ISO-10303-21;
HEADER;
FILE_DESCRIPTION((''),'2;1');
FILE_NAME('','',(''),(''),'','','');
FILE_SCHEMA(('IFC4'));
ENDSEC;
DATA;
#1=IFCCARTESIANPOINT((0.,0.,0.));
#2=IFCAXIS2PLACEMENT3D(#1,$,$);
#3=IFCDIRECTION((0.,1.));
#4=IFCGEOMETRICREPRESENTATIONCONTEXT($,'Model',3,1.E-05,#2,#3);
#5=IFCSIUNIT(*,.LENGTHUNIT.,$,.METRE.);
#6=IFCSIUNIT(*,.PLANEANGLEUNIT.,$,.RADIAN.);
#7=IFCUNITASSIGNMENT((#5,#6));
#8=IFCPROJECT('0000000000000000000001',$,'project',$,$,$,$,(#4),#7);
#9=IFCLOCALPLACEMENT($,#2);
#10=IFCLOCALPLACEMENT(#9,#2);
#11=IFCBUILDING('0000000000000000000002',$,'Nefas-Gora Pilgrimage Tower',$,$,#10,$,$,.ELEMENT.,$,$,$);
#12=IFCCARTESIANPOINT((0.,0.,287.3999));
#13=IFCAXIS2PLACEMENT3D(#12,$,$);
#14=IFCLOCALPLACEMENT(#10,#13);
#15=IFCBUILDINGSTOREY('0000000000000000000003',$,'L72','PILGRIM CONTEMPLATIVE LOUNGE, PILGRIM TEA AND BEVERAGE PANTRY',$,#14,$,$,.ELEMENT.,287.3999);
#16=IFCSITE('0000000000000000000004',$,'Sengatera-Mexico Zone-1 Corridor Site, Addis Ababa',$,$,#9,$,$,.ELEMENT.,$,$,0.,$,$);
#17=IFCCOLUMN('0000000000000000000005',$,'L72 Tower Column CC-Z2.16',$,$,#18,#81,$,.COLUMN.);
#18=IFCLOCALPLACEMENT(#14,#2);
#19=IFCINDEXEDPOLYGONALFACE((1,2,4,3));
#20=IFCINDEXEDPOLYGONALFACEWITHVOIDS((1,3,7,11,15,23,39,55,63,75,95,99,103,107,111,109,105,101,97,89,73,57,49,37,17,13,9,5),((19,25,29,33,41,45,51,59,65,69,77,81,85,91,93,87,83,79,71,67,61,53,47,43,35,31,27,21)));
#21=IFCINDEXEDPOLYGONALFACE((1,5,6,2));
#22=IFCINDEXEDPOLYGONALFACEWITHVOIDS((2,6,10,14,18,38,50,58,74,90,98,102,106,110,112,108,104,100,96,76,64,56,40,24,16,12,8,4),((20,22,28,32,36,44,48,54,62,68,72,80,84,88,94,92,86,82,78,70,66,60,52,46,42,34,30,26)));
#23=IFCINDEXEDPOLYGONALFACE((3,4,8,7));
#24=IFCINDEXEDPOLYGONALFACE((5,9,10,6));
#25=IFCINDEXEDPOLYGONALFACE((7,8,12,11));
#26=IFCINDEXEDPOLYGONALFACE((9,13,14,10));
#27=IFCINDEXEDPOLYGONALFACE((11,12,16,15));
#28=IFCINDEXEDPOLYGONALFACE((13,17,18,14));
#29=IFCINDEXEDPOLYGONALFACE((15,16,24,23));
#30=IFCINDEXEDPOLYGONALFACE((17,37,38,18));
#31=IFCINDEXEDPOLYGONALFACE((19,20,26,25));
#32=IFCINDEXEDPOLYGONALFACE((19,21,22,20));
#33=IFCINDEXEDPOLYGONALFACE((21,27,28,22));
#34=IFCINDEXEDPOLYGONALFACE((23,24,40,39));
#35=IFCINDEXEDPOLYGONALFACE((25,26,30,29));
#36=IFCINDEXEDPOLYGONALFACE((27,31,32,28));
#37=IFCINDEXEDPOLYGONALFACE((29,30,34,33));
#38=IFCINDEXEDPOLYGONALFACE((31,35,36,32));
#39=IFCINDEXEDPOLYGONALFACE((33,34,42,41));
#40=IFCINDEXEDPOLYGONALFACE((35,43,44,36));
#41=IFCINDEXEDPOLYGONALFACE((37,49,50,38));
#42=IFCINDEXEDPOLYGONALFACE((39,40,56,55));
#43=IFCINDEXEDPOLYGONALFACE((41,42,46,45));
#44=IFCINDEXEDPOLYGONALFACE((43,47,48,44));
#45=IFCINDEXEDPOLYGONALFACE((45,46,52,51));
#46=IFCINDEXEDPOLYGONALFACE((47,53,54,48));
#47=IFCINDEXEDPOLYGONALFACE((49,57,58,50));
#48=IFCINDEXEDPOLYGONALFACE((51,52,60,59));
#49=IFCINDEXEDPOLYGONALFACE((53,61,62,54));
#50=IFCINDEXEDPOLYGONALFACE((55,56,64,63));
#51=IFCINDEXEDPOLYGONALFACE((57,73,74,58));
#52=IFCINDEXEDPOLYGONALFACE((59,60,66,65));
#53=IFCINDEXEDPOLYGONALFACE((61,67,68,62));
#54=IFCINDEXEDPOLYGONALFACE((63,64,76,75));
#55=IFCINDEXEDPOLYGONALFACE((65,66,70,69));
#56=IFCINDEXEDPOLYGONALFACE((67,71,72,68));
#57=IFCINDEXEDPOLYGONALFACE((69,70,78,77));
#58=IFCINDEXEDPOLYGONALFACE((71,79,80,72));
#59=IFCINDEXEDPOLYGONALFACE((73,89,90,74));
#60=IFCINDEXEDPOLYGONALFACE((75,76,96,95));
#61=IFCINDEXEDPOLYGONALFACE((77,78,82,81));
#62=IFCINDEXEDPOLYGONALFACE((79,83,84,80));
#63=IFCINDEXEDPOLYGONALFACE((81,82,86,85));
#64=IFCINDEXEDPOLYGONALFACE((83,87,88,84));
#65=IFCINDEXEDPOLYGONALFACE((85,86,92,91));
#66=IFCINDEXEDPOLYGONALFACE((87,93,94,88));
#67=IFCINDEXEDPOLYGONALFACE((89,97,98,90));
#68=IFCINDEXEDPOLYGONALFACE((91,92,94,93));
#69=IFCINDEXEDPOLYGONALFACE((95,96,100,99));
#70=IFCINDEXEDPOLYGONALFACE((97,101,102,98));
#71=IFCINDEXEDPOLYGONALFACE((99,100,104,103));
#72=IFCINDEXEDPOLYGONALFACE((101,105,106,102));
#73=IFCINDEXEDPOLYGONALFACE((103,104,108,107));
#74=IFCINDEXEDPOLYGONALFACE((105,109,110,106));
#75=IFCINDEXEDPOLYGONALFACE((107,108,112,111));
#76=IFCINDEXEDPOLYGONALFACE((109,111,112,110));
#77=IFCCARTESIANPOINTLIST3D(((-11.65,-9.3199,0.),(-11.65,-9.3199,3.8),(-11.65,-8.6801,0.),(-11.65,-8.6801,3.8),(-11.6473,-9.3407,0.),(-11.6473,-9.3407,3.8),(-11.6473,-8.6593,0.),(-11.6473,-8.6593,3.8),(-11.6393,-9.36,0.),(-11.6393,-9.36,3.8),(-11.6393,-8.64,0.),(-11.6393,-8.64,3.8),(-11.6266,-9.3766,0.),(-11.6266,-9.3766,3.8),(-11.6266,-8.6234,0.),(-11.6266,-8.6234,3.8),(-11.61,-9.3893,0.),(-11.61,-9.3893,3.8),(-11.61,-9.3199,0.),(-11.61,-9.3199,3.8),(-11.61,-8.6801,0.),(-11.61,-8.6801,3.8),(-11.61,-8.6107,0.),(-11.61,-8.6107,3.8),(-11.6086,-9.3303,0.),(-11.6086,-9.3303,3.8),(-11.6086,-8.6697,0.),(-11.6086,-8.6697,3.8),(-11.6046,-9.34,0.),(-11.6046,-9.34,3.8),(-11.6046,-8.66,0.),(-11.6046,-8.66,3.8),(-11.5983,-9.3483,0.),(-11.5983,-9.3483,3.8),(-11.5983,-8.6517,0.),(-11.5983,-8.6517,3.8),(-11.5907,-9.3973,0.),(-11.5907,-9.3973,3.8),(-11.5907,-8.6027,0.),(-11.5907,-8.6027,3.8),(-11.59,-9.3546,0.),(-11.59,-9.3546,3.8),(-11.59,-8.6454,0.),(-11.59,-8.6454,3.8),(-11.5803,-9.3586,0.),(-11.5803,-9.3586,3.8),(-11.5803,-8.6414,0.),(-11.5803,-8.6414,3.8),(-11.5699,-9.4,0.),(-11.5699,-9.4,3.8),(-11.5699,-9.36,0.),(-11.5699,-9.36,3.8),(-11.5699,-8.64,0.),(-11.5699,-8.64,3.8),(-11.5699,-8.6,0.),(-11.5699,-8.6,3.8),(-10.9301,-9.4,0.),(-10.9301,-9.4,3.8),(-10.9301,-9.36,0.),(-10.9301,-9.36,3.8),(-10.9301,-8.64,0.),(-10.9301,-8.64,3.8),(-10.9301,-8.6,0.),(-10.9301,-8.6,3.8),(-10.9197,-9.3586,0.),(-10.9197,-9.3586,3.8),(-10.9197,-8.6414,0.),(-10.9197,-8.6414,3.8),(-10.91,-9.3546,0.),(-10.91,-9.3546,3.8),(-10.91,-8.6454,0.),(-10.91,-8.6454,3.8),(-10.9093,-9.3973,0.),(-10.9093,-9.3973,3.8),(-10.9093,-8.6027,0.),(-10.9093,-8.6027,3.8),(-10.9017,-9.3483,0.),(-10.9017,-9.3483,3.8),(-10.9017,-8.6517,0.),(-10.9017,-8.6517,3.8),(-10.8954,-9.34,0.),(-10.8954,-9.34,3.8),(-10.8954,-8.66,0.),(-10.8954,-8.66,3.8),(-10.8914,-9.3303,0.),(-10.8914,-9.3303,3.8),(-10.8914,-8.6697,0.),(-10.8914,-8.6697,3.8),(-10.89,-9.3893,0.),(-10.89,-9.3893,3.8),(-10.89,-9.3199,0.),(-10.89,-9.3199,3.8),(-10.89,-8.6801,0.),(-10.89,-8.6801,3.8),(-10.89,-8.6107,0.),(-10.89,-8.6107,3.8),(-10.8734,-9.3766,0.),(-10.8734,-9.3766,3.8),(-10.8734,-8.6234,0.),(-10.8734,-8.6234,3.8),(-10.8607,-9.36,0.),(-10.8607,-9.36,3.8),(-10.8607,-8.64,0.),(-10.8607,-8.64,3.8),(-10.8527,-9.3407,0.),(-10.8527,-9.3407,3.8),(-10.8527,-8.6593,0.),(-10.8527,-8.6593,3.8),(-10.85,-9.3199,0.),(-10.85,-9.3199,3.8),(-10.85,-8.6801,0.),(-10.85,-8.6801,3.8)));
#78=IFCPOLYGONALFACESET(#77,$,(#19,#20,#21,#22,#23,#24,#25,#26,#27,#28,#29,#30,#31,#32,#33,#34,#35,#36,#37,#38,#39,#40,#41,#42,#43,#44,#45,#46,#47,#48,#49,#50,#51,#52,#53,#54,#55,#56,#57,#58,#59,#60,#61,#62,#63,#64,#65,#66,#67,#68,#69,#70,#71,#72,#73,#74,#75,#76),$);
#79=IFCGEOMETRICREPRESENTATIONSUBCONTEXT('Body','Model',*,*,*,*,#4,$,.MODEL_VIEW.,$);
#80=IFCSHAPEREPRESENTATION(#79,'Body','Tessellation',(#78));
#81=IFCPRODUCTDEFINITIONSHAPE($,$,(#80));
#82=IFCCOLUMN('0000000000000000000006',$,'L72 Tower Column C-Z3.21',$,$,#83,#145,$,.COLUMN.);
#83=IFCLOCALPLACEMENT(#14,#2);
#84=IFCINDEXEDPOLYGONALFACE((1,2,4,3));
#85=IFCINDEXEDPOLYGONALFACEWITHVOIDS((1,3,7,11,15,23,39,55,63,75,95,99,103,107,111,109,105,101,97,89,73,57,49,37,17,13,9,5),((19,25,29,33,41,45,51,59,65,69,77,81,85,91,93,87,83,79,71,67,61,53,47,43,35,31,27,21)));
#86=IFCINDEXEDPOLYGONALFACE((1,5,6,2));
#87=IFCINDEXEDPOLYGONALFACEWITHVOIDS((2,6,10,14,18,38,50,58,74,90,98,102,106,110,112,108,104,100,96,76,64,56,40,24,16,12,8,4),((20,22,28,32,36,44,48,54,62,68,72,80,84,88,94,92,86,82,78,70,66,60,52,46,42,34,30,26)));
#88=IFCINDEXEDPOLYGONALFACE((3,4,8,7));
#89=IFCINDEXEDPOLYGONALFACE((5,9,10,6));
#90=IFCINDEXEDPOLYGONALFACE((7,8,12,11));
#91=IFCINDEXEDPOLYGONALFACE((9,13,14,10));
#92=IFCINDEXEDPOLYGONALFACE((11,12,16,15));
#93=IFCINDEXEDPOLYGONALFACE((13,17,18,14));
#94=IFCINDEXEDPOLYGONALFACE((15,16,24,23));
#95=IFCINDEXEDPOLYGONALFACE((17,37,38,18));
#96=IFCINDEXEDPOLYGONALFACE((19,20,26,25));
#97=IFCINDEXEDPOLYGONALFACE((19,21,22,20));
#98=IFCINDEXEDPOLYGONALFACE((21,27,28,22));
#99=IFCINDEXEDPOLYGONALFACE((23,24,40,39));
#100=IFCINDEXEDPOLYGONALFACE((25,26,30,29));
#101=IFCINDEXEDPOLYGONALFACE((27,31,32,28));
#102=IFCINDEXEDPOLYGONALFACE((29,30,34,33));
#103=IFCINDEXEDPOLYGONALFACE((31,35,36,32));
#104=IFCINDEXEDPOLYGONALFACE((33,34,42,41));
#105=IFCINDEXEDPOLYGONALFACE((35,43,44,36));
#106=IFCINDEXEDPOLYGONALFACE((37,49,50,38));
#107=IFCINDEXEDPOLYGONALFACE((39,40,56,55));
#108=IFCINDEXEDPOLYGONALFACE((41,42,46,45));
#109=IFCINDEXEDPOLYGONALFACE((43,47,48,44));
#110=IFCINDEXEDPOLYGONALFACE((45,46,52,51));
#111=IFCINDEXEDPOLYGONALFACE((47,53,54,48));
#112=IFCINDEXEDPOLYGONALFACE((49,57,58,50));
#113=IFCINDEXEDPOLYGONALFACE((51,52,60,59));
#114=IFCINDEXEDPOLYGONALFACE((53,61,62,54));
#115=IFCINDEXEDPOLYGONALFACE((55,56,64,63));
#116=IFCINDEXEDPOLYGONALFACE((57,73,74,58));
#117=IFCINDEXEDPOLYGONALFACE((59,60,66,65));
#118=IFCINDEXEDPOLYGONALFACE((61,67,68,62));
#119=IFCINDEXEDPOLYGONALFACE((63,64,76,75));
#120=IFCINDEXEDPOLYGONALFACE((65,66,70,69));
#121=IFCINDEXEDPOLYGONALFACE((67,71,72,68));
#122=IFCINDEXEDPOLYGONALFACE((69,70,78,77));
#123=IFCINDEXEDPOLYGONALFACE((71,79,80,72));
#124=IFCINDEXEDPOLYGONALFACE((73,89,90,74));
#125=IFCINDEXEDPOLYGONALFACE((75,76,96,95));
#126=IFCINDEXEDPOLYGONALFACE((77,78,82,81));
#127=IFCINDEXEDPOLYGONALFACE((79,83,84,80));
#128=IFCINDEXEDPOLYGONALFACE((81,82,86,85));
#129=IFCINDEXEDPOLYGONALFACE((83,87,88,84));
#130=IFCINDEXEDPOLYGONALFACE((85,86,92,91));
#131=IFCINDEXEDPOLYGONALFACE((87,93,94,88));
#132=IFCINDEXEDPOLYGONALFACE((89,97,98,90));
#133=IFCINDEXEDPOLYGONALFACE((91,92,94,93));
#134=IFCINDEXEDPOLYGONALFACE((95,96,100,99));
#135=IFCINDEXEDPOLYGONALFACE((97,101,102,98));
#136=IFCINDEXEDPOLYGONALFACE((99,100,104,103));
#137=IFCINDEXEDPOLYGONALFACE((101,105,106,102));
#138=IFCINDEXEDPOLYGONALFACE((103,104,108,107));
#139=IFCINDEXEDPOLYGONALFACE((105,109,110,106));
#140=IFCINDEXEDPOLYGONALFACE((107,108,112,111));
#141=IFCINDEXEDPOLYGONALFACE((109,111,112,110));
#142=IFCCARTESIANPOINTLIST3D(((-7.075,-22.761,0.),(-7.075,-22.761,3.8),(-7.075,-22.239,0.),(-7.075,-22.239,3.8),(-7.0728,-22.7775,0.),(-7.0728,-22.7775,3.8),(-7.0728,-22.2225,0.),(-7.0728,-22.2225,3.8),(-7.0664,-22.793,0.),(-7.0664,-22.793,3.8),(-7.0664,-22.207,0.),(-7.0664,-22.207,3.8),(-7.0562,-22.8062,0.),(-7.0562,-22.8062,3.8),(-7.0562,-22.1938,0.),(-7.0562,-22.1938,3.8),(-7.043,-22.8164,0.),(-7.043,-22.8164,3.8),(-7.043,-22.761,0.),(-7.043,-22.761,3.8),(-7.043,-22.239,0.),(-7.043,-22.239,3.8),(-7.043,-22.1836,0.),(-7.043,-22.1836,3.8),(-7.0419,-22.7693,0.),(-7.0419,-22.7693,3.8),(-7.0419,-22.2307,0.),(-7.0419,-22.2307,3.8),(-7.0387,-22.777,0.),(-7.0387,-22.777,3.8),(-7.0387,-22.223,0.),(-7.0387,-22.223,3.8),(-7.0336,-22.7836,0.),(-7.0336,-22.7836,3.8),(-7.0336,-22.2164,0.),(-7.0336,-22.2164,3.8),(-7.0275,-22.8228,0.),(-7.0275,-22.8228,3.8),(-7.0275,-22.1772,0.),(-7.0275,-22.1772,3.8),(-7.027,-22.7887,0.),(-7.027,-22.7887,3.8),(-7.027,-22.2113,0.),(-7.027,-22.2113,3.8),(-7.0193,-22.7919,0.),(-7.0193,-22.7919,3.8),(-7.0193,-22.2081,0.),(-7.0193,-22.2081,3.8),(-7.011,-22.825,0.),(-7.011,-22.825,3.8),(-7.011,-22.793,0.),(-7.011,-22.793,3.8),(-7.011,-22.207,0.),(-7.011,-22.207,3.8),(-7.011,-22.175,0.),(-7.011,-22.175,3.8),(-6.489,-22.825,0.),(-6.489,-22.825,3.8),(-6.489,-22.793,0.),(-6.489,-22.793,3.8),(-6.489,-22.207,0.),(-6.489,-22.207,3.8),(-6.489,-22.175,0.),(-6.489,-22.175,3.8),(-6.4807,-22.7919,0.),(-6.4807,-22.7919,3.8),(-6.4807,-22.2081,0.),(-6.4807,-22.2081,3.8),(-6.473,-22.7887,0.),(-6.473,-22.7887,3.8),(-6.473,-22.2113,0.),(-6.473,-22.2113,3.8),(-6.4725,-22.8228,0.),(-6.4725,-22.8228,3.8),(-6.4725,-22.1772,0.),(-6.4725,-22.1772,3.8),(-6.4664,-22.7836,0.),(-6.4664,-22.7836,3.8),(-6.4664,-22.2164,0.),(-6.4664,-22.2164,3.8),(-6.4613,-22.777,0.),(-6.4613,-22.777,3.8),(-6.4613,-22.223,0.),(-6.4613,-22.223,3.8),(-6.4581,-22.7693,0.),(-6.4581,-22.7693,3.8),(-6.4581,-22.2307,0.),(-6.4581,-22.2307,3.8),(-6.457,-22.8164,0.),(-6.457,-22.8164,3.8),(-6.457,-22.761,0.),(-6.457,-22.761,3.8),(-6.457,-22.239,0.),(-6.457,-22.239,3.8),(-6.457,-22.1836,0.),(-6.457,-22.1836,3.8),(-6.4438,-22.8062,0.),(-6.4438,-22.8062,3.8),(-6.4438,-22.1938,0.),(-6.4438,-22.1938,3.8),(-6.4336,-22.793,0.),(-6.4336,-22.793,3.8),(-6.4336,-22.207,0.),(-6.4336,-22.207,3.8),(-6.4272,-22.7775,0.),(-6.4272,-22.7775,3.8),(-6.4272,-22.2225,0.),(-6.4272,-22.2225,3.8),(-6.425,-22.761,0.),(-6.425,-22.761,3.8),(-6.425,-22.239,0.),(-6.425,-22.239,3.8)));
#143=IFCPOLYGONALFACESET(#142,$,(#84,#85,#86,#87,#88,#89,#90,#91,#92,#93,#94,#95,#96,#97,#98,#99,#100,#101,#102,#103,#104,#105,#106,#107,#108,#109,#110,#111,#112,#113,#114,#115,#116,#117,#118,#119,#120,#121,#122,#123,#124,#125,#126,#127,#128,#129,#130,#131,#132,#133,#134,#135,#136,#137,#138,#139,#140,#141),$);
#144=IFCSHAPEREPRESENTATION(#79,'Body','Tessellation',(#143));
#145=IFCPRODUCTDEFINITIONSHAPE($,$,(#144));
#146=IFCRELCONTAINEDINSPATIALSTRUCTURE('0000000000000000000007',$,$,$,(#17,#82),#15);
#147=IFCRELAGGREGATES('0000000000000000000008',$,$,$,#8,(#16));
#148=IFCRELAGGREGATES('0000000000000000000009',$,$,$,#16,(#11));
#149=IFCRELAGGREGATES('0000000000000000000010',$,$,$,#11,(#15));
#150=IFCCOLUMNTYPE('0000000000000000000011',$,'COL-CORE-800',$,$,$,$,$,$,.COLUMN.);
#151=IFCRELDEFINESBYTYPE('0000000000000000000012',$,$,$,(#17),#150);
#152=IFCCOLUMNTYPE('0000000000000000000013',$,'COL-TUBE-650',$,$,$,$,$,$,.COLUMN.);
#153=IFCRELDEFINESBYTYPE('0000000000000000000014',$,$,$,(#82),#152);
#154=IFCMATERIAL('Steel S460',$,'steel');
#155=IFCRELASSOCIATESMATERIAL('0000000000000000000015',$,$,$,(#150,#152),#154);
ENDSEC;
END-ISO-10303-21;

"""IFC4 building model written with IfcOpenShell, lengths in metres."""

from ifc_helpers import new_model, si_unit, direction, frame, origin, origin_2d, place, context, subcontext, project, spatial, hollow_rectangle, extrude, source, transform, mapped, material, material_profile, profile_set, type_object, element, save


model = new_model("IFC4")

# Units and contexts
model_context = context("Model", 3, precision=1e-05, world=origin(), true_north=direction((0.0, 1.0)))
body_context = subcontext(model_context, "Body", "Model", "MODEL_VIEW")
ifc_project = project(units=[si_unit("LENGTHUNIT", "METRE"), si_unit("PLANEANGLEUNIT", "RADIAN")], contexts=[model_context])

# Site, building, storey
site_placement = place(None, origin())
site = spatial("IfcSite", under=ifc_project, at=site_placement, Name="Sengatera-Mexico Zone-1 Corridor Site, Addis Ababa", CompositionType="ELEMENT", RefElevation=0.0)
building_placement = place(site_placement, origin())
building = spatial("IfcBuilding", under=site, at=building_placement, Name="Nefas-Gora Pilgrimage Tower", CompositionType="ELEMENT")
storey_placement = place(building_placement, frame((0.0, 0.0, 287.3999)))
storey = spatial("IfcBuildingStorey", under=building, at=storey_placement, Name="L72", Description="PILGRIM CONTEMPLATIVE LOUNGE, PILGRIM TEA AND BEVERAGE PANTRY", CompositionType="ELEMENT", Elevation=287.3999)

# Columns
ifc_material_1 = material(Name="Steel S460", Category="steel")
ifc_material_profile_1 = material_profile(ifc_material_1, hollow_rectangle(XDim=0.8, YDim=0.8, WallThickness=0.04, InnerFilletRadius=0.04, OuterFilletRadius=0.0801, at=origin_2d()), Name="BOX 800x800x40")
ifc_profile_set_1 = profile_set([ifc_material_profile_1], Name="Steel S460")
column_type_1 = type_object("IfcColumnType", Name="COL-CORE-800", PredefinedType="COLUMN", material=ifc_profile_set_1)
shared_shape_1 = source(origin(), body_context, "Body", "SweptSolid", [
    extrude(hollow_rectangle(XDim=0.8, YDim=0.8, WallThickness=0.04, InnerFilletRadius=0.04, OuterFilletRadius=0.0801, at=origin_2d()), origin(), (0.0, 0.0, 1.0), 3.8),
])
column_placement = place(storey_placement, frame((-11.25, -9.0, 0.0), z_axis=(0.0, 0.0, 1.0), x_axis=(1.0, 0.0, 0.0)))
element("IfcColumn", 1, at=column_placement, inside=storey, type_object=column_type_1, Name="L72 Tower Column CC-Z2.16", PredefinedType="COLUMN", context=body_context, shape_type="MappedRepresentation", body=[
    mapped(shared_shape_1, transform((0.0, 0.0, 0.0), x_axis=(1.0, 0.0, 0.0), y_axis=(0.0, 1.0, 0.0), z_axis=(0.0, 0.0, 1.0), scale=1.0)),
])
ifc_material_profile_2 = material_profile(ifc_material_1, hollow_rectangle(XDim=0.6499, YDim=0.6499, WallThickness=0.032, InnerFilletRadius=0.032, OuterFilletRadius=0.064, at=origin_2d()), Name="BOX 650x650x32")
ifc_profile_set_2 = profile_set([ifc_material_profile_2], Name="Steel S460")
column_type_2 = type_object("IfcColumnType", Name="COL-TUBE-650", PredefinedType="COLUMN", material=ifc_profile_set_2)
shared_shape_2 = source(origin(), body_context, "Body", "SweptSolid", [
    extrude(hollow_rectangle(XDim=0.6499, YDim=0.6499, WallThickness=0.032, InnerFilletRadius=0.032, OuterFilletRadius=0.064, at=origin_2d()), origin(), (0.0, 0.0, 1.0), 3.8),
])
for number, where, z_axis, x_axis, name in (
    (2, (-6.75, -22.5, 0.0), (0.0, 0.0, 1.0), (1.0, 0.0, 0.0), "L72 Tower Column C-Z3.21"),
):
    element("IfcColumn", number, at=place(storey_placement, frame(where, z_axis=z_axis, x_axis=x_axis)), inside=storey, type_object=column_type_2, Name=name, PredefinedType="COLUMN", context=body_context, shape_type="MappedRepresentation", body=[
        mapped(shared_shape_2, transform((0.0, 0.0, 0.0), x_axis=(1.0, 0.0, 0.0), y_axis=(0.0, 1.0, 0.0), z_axis=(0.0, 0.0, 1.0), scale=1.0)),
    ])

save(model, "model.ifc")
